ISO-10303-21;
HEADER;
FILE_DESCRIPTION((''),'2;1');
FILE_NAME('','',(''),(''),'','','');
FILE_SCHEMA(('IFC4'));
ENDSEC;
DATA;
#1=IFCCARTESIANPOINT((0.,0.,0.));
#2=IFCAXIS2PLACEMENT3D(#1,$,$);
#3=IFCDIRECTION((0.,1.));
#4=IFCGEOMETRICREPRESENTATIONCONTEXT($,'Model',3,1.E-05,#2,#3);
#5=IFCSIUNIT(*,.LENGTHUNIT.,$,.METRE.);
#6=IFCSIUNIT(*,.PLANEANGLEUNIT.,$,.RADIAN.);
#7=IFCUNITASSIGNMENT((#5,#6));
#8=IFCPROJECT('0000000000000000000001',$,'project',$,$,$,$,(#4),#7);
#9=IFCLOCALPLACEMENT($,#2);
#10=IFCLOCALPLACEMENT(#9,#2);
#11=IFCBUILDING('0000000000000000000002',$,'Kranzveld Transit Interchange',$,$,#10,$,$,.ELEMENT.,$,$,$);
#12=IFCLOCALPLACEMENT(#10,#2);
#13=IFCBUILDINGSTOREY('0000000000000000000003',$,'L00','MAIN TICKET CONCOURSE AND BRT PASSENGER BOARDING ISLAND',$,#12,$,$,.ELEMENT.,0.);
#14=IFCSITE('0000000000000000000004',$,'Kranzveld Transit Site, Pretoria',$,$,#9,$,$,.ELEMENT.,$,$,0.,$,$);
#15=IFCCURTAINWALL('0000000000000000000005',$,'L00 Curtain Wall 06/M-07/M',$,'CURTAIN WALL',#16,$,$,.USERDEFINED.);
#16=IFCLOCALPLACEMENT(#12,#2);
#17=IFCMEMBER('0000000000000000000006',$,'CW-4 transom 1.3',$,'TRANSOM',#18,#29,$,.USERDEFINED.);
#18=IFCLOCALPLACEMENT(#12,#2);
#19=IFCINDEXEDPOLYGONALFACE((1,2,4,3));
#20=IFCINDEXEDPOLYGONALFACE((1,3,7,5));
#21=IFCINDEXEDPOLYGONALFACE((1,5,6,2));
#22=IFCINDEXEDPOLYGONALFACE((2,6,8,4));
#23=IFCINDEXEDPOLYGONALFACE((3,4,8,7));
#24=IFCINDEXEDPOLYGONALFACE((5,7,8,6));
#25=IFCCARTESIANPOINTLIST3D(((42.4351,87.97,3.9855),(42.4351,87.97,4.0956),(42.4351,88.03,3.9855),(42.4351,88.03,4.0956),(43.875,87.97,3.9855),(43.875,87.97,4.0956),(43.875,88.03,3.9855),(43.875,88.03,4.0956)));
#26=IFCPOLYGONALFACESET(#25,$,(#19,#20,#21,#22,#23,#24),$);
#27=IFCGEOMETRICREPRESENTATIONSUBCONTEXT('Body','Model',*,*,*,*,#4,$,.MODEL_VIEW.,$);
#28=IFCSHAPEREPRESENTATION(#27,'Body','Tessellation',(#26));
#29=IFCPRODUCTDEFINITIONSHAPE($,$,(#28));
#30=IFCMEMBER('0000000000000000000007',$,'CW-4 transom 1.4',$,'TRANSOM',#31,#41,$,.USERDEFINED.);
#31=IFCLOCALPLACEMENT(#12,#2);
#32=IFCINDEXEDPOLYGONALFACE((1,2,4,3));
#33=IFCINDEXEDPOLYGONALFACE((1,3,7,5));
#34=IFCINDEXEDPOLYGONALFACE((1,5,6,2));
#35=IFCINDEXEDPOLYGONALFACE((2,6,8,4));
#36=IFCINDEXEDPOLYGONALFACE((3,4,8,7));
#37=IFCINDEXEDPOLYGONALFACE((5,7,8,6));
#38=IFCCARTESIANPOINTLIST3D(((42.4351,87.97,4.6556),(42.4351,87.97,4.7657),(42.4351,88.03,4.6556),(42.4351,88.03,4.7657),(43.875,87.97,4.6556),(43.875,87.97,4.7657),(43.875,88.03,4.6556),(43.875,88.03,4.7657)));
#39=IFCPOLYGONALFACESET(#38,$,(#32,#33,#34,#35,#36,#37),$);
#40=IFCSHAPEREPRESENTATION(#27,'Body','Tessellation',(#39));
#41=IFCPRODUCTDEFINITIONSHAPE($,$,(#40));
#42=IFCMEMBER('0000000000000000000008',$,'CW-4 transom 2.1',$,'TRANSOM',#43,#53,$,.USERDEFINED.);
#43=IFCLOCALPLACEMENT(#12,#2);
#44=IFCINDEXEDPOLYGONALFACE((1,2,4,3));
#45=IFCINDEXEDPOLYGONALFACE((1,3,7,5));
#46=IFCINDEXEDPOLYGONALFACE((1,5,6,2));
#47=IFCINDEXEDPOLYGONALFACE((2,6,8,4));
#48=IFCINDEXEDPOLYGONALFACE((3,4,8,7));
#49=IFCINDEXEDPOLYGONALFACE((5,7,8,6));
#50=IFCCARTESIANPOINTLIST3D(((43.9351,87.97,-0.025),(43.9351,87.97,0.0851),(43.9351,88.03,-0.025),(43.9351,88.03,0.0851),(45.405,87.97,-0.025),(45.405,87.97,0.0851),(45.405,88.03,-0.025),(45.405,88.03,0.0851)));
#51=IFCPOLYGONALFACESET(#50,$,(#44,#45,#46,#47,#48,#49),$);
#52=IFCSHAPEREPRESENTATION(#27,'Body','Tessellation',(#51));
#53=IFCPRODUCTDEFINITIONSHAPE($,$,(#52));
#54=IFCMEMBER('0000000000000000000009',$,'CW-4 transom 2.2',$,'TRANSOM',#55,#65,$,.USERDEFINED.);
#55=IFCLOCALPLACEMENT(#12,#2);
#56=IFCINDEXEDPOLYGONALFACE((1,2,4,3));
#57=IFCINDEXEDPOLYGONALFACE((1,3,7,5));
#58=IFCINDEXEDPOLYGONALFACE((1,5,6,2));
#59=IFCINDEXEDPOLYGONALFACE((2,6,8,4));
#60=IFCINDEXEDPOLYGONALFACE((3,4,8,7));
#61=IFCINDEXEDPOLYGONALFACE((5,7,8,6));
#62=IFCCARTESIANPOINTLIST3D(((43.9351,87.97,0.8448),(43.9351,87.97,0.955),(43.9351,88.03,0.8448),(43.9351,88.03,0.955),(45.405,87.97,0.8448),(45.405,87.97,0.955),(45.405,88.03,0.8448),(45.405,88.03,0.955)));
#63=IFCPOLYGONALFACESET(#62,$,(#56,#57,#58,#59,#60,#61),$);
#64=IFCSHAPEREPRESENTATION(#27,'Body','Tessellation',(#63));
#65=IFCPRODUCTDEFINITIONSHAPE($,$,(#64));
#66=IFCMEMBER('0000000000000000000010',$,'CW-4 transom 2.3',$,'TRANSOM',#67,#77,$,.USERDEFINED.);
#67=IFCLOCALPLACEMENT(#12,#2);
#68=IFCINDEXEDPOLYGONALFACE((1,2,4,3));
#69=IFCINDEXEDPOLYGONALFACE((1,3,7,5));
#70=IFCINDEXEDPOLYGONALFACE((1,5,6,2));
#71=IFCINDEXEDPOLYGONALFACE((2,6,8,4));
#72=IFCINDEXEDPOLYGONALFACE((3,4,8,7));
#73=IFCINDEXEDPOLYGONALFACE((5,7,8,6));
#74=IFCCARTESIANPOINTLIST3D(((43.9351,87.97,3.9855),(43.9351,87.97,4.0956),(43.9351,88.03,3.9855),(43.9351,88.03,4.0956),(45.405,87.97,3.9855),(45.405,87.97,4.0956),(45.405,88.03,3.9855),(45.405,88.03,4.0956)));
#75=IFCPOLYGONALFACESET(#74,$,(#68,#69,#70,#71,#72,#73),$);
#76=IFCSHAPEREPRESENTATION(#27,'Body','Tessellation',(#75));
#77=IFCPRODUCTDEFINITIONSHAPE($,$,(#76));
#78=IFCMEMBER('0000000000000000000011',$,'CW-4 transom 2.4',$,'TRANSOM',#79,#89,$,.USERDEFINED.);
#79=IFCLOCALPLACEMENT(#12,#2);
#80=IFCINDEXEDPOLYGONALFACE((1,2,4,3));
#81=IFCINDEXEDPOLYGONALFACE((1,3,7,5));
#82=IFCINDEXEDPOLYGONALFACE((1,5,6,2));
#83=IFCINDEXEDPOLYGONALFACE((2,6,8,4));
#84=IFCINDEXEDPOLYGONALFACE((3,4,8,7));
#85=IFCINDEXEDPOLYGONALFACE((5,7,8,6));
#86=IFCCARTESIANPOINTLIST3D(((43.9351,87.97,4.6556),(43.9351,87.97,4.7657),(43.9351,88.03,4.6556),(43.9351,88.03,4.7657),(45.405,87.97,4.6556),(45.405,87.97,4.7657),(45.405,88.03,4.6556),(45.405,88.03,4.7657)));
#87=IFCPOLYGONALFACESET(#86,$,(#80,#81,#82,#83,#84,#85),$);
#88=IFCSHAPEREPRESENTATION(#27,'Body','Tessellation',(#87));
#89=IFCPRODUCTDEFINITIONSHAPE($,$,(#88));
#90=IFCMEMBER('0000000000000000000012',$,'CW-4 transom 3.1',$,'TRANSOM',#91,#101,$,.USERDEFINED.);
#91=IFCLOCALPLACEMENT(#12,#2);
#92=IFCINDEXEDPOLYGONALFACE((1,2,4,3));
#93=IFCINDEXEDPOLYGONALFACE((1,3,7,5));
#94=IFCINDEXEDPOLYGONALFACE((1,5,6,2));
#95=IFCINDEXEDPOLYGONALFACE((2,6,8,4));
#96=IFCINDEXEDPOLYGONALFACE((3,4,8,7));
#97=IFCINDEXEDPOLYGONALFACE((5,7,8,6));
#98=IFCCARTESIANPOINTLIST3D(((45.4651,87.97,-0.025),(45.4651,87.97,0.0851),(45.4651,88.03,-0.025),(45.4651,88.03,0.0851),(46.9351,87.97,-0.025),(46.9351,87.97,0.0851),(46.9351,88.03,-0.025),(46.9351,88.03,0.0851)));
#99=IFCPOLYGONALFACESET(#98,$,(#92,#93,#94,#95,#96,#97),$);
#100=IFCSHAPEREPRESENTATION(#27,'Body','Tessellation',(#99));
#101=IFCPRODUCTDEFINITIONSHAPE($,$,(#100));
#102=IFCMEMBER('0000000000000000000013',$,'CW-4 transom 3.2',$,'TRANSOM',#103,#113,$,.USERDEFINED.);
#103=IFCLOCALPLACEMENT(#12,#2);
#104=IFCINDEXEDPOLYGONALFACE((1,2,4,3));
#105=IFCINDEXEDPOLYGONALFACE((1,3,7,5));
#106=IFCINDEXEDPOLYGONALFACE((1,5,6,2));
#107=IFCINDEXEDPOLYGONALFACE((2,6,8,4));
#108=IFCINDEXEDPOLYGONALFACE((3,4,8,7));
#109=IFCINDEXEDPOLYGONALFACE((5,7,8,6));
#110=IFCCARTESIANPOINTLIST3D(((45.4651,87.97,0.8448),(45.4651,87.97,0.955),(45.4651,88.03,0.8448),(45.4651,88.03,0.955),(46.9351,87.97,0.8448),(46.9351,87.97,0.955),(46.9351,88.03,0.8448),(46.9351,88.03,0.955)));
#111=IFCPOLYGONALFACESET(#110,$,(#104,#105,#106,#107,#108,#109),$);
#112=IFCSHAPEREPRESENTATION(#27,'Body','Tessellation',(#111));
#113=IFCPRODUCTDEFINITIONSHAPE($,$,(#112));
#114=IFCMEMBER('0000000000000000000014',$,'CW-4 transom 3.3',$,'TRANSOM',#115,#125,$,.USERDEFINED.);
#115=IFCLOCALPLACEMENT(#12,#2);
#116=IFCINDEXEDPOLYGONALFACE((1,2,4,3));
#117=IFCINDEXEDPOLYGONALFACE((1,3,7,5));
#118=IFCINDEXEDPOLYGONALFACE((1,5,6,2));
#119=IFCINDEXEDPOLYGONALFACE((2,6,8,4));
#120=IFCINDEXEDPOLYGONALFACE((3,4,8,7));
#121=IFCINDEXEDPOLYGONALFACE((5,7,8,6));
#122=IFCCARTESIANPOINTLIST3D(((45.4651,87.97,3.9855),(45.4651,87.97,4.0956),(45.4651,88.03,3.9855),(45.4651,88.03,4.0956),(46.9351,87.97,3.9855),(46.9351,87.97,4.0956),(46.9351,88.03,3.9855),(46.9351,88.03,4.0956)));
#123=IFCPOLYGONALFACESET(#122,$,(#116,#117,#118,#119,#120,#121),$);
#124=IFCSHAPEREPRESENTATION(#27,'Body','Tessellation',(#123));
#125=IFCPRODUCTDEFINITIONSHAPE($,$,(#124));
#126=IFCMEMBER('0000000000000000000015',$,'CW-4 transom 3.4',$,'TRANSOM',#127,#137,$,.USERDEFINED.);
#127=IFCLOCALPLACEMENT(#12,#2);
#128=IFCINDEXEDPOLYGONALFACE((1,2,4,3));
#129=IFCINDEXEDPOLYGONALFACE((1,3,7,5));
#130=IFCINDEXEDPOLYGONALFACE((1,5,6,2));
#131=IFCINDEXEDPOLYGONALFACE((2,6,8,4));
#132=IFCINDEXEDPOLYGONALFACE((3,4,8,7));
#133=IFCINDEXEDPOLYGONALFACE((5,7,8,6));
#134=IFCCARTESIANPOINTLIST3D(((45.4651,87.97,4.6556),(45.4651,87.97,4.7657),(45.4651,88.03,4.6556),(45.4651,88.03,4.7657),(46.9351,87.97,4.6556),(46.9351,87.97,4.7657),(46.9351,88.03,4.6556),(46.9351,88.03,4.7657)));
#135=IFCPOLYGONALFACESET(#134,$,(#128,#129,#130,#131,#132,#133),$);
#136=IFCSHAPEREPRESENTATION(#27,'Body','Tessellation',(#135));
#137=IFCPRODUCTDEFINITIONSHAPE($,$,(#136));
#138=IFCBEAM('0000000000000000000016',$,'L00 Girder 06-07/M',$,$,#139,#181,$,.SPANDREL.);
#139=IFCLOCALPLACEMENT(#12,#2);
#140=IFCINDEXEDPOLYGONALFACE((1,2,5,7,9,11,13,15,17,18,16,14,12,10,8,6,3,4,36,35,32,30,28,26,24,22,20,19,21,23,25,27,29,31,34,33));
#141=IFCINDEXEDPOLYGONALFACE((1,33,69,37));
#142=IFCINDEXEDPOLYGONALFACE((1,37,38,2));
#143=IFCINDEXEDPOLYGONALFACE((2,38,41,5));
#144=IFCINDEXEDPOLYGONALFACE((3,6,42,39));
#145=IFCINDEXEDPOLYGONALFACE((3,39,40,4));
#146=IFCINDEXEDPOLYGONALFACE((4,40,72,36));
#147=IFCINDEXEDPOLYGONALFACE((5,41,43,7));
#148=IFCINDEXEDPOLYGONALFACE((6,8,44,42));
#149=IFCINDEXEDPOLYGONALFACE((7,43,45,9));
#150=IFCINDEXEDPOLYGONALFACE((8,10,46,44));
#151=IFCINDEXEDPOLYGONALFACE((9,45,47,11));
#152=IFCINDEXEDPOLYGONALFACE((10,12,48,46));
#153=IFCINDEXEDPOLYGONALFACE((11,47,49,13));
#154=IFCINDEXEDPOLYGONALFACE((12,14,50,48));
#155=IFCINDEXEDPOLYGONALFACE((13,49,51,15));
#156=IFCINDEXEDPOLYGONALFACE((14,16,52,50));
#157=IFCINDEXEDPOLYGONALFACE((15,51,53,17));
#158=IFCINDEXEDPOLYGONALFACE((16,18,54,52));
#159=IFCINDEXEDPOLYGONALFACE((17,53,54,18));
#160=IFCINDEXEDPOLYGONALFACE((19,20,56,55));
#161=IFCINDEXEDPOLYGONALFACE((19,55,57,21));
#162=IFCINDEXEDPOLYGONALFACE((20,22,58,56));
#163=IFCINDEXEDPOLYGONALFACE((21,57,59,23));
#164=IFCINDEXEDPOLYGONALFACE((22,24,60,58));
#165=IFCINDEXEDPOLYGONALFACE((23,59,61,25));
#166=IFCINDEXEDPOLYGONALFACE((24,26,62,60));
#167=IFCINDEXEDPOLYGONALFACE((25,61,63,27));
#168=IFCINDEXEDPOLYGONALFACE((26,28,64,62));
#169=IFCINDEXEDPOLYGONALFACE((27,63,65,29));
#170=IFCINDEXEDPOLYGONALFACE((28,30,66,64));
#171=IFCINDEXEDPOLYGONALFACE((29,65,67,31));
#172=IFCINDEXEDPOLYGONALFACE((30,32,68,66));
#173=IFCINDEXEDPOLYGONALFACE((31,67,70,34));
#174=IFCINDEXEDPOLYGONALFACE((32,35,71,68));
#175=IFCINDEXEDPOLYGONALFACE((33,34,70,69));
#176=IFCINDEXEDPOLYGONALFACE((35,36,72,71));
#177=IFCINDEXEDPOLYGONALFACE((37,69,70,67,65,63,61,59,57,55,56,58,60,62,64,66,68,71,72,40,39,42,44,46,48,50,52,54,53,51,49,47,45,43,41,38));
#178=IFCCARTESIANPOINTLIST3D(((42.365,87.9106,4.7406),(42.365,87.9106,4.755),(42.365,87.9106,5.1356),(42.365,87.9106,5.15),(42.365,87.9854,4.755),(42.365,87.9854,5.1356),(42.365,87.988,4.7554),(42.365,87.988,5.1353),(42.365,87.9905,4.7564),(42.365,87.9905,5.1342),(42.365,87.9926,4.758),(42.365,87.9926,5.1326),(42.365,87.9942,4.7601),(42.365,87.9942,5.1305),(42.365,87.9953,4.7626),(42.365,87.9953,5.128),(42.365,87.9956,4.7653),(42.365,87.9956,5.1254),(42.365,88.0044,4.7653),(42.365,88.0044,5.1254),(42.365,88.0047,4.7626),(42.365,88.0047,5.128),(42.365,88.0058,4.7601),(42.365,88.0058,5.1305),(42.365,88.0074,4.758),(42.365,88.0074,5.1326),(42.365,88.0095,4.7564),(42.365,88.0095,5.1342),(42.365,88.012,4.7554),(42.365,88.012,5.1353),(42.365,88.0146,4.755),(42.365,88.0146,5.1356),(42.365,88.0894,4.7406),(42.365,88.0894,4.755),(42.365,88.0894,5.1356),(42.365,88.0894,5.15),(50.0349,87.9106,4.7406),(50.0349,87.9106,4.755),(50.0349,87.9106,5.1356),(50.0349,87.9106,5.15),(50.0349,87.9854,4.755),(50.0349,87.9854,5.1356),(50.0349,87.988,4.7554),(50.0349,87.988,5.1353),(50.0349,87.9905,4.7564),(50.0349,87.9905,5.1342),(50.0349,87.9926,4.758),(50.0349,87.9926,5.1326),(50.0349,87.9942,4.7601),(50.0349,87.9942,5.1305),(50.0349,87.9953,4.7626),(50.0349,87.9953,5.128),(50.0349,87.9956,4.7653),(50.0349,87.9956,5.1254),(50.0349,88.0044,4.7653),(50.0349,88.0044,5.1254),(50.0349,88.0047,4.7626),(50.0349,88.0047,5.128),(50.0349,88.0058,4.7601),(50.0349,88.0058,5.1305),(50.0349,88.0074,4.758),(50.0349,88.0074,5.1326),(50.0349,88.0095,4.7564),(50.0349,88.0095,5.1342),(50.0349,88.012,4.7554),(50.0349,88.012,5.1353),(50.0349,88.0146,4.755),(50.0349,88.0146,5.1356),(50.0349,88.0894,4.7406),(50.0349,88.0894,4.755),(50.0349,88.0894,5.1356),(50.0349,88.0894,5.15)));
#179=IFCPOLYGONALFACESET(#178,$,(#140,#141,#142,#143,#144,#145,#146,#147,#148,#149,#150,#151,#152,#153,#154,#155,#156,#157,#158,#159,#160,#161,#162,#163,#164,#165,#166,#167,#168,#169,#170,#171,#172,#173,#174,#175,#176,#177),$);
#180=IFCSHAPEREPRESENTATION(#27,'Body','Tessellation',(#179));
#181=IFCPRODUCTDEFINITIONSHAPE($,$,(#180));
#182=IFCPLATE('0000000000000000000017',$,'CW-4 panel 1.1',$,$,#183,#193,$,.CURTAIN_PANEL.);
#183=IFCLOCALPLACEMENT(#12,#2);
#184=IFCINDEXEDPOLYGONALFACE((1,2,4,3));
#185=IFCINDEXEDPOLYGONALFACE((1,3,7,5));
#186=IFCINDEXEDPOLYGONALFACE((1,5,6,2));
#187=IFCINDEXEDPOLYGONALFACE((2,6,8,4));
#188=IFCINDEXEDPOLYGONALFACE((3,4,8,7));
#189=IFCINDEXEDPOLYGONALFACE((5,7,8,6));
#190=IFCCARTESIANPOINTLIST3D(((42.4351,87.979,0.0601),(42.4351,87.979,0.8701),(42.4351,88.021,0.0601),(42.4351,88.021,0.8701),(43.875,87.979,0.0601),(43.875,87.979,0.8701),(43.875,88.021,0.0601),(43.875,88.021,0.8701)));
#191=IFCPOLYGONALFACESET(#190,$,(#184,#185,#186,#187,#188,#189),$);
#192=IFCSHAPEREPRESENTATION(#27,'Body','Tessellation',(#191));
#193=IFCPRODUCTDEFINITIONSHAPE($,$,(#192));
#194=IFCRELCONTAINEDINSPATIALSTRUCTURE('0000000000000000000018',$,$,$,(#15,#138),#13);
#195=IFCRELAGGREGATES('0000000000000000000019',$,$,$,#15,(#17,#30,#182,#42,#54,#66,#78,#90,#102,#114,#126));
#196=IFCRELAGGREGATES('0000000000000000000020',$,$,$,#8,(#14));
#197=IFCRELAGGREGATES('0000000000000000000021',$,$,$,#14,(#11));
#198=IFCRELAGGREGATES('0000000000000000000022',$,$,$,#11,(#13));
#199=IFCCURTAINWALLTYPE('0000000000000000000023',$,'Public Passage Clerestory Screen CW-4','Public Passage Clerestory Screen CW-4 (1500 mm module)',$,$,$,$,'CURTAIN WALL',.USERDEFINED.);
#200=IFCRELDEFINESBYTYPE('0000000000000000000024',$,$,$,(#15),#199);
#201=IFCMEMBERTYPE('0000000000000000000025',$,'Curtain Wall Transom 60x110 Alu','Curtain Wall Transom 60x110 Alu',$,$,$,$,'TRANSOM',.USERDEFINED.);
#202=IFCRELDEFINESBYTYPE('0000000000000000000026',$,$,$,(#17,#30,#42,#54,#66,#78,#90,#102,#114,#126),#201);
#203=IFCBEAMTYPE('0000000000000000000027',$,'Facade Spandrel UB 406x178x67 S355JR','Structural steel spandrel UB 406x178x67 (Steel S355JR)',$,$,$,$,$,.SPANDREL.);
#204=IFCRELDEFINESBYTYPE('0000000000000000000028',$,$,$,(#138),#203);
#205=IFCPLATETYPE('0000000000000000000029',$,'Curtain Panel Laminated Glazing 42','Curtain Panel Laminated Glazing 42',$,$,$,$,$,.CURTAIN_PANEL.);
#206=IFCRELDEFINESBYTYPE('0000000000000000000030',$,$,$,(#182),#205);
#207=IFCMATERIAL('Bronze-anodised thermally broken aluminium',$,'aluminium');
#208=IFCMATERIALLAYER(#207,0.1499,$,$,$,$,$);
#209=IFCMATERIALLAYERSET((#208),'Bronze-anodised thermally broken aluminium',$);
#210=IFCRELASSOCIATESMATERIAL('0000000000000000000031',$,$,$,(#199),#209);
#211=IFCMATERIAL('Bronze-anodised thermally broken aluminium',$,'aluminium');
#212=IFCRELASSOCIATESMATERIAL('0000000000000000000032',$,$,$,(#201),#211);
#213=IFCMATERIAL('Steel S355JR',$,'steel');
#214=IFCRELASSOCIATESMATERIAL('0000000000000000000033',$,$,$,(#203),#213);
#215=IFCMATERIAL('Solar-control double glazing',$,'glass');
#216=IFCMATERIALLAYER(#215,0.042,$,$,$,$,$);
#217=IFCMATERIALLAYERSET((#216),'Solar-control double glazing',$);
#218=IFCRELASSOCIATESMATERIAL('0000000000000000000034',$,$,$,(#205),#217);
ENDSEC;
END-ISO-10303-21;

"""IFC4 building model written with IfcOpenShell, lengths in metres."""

from ifc_helpers import new_model, si_unit, direction, frame, origin, origin_2d, place, context, subcontext, project, spatial, rectangle, i_section, extrude, material, layer, layer_set, material_profile, profile_set, type_object, element, aggregate, save


model = new_model("IFC4")

# Units and contexts
model_context = context("Model", 3, precision=1e-05, world=origin(), true_north=direction((0.0, 1.0)))
body_context = subcontext(model_context, "Body", "Model", "MODEL_VIEW")
ifc_project = project(units=[si_unit("LENGTHUNIT", "METRE"), si_unit("PLANEANGLEUNIT", "RADIAN")], contexts=[model_context])

# Site, building, storey
site_placement = place(None, origin())
site = spatial("IfcSite", under=ifc_project, at=site_placement, Name="Kranzveld Transit Site, Pretoria", CompositionType="ELEMENT", RefElevation=0.0)
building_placement = place(site_placement, origin())
building = spatial("IfcBuilding", under=site, at=building_placement, Name="Kranzveld Transit Interchange", CompositionType="ELEMENT")
storey_placement = place(building_placement, origin())
storey = spatial("IfcBuildingStorey", under=building, at=storey_placement, Name="L00", Description="MAIN TICKET CONCOURSE AND BRT PASSENGER BOARDING ISLAND", CompositionType="ELEMENT", Elevation=0.0)

# Curtain wall, members
ifc_material_1 = material(Name="Bronze-anodised thermally broken aluminium", Category="aluminium")
ifc_layer_1 = layer(ifc_material_1, 0.1499)
ifc_layer_set_1 = layer_set([ifc_layer_1], Name="Bronze-anodised thermally broken aluminium")
curtain_wall_type = type_object("IfcCurtainWallType", Name="Public Passage Clerestory Screen CW-4", Description="Public Passage Clerestory Screen CW-4 (1500 mm module)", ElementType="CURTAIN WALL", PredefinedType="USERDEFINED", material=ifc_layer_set_1)
curtain_wall_placement = place(storey_placement, origin())
curtain_wall = element("IfcCurtainWall", 1, at=curtain_wall_placement, inside=storey, type_object=curtain_wall_type, Name="L00 Curtain Wall 06/M-07/M", ObjectType="CURTAIN WALL", PredefinedType="USERDEFINED")
ifc_material_2 = material(Name="Bronze-anodised thermally broken aluminium", Category="aluminium")
ifc_material_profile_1 = material_profile(ifc_material_2, rectangle(XDim=0.0601, YDim=0.1101, at=origin_2d()), Name="ALU TRANSOM 60x110")
ifc_profile_set_1 = profile_set([ifc_material_profile_1], Name="Bronze-anodised thermally broken aluminium")
member_type_1 = type_object("IfcMemberType", Name="Curtain Wall Transom 60x110 Alu", Description="Curtain Wall Transom 60x110 Alu", ElementType="TRANSOM", PredefinedType="USERDEFINED", material=ifc_profile_set_1)
member_1_placement = place(storey_placement, frame((42.4351, 88.0, 4.0405), z_axis=(1.0, 0.0, 0.0), x_axis=(0.0, 1.0, 0.0)))
member_1 = element("IfcMember", 2, at=member_1_placement, type_object=member_type_1, Name="CW-4 transom 1.3", ObjectType="TRANSOM", PredefinedType="USERDEFINED", context=body_context, shape_type="SweptSolid", body=[
    extrude(rectangle(XDim=0.0601, YDim=0.1101, at=origin_2d()), origin(), (0.0, 0.0, 1.0), 1.4399),
])
member_2_placement = place(storey_placement, frame((42.4351, 88.0, 4.7107), z_axis=(1.0, 0.0, 0.0), x_axis=(0.0, 1.0, 0.0)))
member_2 = element("IfcMember", 3, at=member_2_placement, type_object=member_type_1, Name="CW-4 transom 1.4", ObjectType="TRANSOM", PredefinedType="USERDEFINED", context=body_context, shape_type="SweptSolid", body=[
    extrude(rectangle(XDim=0.0601, YDim=0.1101, at=origin_2d()), origin(), (0.0, 0.0, 1.0), 1.4399),
])
member_3_placement = place(storey_placement, frame((43.9351, 88.0, 0.03), z_axis=(1.0, 0.0, 0.0), x_axis=(0.0, 1.0, 0.0)))
member_3 = element("IfcMember", 4, at=member_3_placement, type_object=member_type_1, Name="CW-4 transom 2.1", ObjectType="TRANSOM", PredefinedType="USERDEFINED", context=body_context, shape_type="SweptSolid", body=[
    extrude(rectangle(XDim=0.0601, YDim=0.1101, at=origin_2d()), origin(), (0.0, 0.0, 1.0), 1.47),
])
member_4_placement = place(storey_placement, frame((43.9351, 88.0, 0.8999), z_axis=(1.0, 0.0, 0.0), x_axis=(0.0, 1.0, 0.0)))
member_4 = element("IfcMember", 5, at=member_4_placement, type_object=member_type_1, Name="CW-4 transom 2.2", ObjectType="TRANSOM", PredefinedType="USERDEFINED", context=body_context, shape_type="SweptSolid", body=[
    extrude(rectangle(XDim=0.0601, YDim=0.1101, at=origin_2d()), origin(), (0.0, 0.0, 1.0), 1.47),
])
member_5_placement = place(storey_placement, frame((43.9351, 88.0, 4.0405), z_axis=(1.0, 0.0, 0.0), x_axis=(0.0, 1.0, 0.0)))
member_5 = element("IfcMember", 6, at=member_5_placement, type_object=member_type_1, Name="CW-4 transom 2.3", ObjectType="TRANSOM", PredefinedType="USERDEFINED", context=body_context, shape_type="SweptSolid", body=[
    extrude(rectangle(XDim=0.0601, YDim=0.1101, at=origin_2d()), origin(), (0.0, 0.0, 1.0), 1.47),
])
member_6_placement = place(storey_placement, frame((43.9351, 88.0, 4.7107), z_axis=(1.0, 0.0, 0.0), x_axis=(0.0, 1.0, 0.0)))
member_6 = element("IfcMember", 7, at=member_6_placement, type_object=member_type_1, Name="CW-4 transom 2.4", ObjectType="TRANSOM", PredefinedType="USERDEFINED", context=body_context, shape_type="SweptSolid", body=[
    extrude(rectangle(XDim=0.0601, YDim=0.1101, at=origin_2d()), origin(), (0.0, 0.0, 1.0), 1.47),
])
member_7_placement = place(storey_placement, frame((45.4651, 88.0, 0.03), z_axis=(1.0, 0.0, 0.0), x_axis=(0.0, 1.0, 0.0)))
member_7 = element("IfcMember", 8, at=member_7_placement, type_object=member_type_1, Name="CW-4 transom 3.1", ObjectType="TRANSOM", PredefinedType="USERDEFINED", context=body_context, shape_type="SweptSolid", body=[
    extrude(rectangle(XDim=0.0601, YDim=0.1101, at=origin_2d()), origin(), (0.0, 0.0, 1.0), 1.47),
])
member_8_placement = place(storey_placement, frame((45.4651, 88.0, 0.8999), z_axis=(1.0, 0.0, 0.0), x_axis=(0.0, 1.0, 0.0)))
member_8 = element("IfcMember", 9, at=member_8_placement, type_object=member_type_1, Name="CW-4 transom 3.2", ObjectType="TRANSOM", PredefinedType="USERDEFINED", context=body_context, shape_type="SweptSolid", body=[
    extrude(rectangle(XDim=0.0601, YDim=0.1101, at=origin_2d()), origin(), (0.0, 0.0, 1.0), 1.47),
])
member_9_placement = place(storey_placement, frame((45.4651, 88.0, 4.0405), z_axis=(1.0, 0.0, 0.0), x_axis=(0.0, 1.0, 0.0)))
member_9 = element("IfcMember", 10, at=member_9_placement, type_object=member_type_1, Name="CW-4 transom 3.3", ObjectType="TRANSOM", PredefinedType="USERDEFINED", context=body_context, shape_type="SweptSolid", body=[
    extrude(rectangle(XDim=0.0601, YDim=0.1101, at=origin_2d()), origin(), (0.0, 0.0, 1.0), 1.47),
])
member_10_placement = place(storey_placement, frame((45.4651, 88.0, 4.7107), z_axis=(1.0, 0.0, 0.0), x_axis=(0.0, 1.0, 0.0)))
member_10 = element("IfcMember", 11, at=member_10_placement, type_object=member_type_1, Name="CW-4 transom 3.4", ObjectType="TRANSOM", PredefinedType="USERDEFINED", context=body_context, shape_type="SweptSolid", body=[
    extrude(rectangle(XDim=0.0601, YDim=0.1101, at=origin_2d()), origin(), (0.0, 0.0, 1.0), 1.47),
])

# Beam
ifc_material_3 = material(Name="Steel S355JR", Category="steel")
ifc_material_profile_2 = material_profile(ifc_material_3, i_section(OverallWidth=0.1787, OverallDepth=0.4094, WebThickness=0.0088, FlangeThickness=0.0144, FilletRadius=0.0103, at=origin_2d()), Name="UB 406x178x67")
ifc_profile_set_2 = profile_set([ifc_material_profile_2], Name="Steel S355JR")
beam_type = type_object("IfcBeamType", Name="Facade Spandrel UB 406x178x67 S355JR", Description="Structural steel spandrel UB 406x178x67 (Steel S355JR)", PredefinedType="SPANDREL", material=ifc_profile_set_2)
beam_placement = place(storey_placement, frame((42.365, 88.0, 4.9453), z_axis=(1.0, 0.0, 0.0), x_axis=(0.0, 1.0, 0.0)))
element("IfcBeam", 12, at=beam_placement, inside=storey, type_object=beam_type, Name="L00 Girder 06-07/M", PredefinedType="SPANDREL", context=body_context, shape_type="SweptSolid", body=[
    extrude(i_section(OverallWidth=0.1787, OverallDepth=0.4094, WebThickness=0.0088, FlangeThickness=0.0144, FilletRadius=0.0103, at=origin_2d()), origin(), (0.0, 0.0, 1.0), 7.6699),
])

# Plate
ifc_material_4 = material(Name="Solar-control double glazing", Category="glass")
ifc_layer_2 = layer(ifc_material_4, 0.042)
ifc_layer_set_2 = layer_set([ifc_layer_2], Name="Solar-control double glazing")
plate_type = type_object("IfcPlateType", Name="Curtain Panel Laminated Glazing 42", Description="Curtain Panel Laminated Glazing 42", PredefinedType="CURTAIN_PANEL", material=ifc_layer_set_2)
plate_1_placement = place(storey_placement, frame((43.155, 88.0, 0.0601), z_axis=(0.0, 0.0, 1.0), x_axis=(1.0, 0.0, 0.0)))
plate_1 = element("IfcPlate", 13, at=plate_1_placement, type_object=plate_type, Name="CW-4 panel 1.1", PredefinedType="CURTAIN_PANEL", context=body_context, shape_type="SweptSolid", body=[
    extrude(rectangle(XDim=1.4399, YDim=0.042, at=origin_2d()), origin(), (0.0, 0.0, 1.0), 0.8101),
])
aggregate(curtain_wall, [member_1, member_2, plate_1, member_3, member_4, member_5, member_6, member_7, member_8, member_9, member_10])

save(model, "model.ifc")
